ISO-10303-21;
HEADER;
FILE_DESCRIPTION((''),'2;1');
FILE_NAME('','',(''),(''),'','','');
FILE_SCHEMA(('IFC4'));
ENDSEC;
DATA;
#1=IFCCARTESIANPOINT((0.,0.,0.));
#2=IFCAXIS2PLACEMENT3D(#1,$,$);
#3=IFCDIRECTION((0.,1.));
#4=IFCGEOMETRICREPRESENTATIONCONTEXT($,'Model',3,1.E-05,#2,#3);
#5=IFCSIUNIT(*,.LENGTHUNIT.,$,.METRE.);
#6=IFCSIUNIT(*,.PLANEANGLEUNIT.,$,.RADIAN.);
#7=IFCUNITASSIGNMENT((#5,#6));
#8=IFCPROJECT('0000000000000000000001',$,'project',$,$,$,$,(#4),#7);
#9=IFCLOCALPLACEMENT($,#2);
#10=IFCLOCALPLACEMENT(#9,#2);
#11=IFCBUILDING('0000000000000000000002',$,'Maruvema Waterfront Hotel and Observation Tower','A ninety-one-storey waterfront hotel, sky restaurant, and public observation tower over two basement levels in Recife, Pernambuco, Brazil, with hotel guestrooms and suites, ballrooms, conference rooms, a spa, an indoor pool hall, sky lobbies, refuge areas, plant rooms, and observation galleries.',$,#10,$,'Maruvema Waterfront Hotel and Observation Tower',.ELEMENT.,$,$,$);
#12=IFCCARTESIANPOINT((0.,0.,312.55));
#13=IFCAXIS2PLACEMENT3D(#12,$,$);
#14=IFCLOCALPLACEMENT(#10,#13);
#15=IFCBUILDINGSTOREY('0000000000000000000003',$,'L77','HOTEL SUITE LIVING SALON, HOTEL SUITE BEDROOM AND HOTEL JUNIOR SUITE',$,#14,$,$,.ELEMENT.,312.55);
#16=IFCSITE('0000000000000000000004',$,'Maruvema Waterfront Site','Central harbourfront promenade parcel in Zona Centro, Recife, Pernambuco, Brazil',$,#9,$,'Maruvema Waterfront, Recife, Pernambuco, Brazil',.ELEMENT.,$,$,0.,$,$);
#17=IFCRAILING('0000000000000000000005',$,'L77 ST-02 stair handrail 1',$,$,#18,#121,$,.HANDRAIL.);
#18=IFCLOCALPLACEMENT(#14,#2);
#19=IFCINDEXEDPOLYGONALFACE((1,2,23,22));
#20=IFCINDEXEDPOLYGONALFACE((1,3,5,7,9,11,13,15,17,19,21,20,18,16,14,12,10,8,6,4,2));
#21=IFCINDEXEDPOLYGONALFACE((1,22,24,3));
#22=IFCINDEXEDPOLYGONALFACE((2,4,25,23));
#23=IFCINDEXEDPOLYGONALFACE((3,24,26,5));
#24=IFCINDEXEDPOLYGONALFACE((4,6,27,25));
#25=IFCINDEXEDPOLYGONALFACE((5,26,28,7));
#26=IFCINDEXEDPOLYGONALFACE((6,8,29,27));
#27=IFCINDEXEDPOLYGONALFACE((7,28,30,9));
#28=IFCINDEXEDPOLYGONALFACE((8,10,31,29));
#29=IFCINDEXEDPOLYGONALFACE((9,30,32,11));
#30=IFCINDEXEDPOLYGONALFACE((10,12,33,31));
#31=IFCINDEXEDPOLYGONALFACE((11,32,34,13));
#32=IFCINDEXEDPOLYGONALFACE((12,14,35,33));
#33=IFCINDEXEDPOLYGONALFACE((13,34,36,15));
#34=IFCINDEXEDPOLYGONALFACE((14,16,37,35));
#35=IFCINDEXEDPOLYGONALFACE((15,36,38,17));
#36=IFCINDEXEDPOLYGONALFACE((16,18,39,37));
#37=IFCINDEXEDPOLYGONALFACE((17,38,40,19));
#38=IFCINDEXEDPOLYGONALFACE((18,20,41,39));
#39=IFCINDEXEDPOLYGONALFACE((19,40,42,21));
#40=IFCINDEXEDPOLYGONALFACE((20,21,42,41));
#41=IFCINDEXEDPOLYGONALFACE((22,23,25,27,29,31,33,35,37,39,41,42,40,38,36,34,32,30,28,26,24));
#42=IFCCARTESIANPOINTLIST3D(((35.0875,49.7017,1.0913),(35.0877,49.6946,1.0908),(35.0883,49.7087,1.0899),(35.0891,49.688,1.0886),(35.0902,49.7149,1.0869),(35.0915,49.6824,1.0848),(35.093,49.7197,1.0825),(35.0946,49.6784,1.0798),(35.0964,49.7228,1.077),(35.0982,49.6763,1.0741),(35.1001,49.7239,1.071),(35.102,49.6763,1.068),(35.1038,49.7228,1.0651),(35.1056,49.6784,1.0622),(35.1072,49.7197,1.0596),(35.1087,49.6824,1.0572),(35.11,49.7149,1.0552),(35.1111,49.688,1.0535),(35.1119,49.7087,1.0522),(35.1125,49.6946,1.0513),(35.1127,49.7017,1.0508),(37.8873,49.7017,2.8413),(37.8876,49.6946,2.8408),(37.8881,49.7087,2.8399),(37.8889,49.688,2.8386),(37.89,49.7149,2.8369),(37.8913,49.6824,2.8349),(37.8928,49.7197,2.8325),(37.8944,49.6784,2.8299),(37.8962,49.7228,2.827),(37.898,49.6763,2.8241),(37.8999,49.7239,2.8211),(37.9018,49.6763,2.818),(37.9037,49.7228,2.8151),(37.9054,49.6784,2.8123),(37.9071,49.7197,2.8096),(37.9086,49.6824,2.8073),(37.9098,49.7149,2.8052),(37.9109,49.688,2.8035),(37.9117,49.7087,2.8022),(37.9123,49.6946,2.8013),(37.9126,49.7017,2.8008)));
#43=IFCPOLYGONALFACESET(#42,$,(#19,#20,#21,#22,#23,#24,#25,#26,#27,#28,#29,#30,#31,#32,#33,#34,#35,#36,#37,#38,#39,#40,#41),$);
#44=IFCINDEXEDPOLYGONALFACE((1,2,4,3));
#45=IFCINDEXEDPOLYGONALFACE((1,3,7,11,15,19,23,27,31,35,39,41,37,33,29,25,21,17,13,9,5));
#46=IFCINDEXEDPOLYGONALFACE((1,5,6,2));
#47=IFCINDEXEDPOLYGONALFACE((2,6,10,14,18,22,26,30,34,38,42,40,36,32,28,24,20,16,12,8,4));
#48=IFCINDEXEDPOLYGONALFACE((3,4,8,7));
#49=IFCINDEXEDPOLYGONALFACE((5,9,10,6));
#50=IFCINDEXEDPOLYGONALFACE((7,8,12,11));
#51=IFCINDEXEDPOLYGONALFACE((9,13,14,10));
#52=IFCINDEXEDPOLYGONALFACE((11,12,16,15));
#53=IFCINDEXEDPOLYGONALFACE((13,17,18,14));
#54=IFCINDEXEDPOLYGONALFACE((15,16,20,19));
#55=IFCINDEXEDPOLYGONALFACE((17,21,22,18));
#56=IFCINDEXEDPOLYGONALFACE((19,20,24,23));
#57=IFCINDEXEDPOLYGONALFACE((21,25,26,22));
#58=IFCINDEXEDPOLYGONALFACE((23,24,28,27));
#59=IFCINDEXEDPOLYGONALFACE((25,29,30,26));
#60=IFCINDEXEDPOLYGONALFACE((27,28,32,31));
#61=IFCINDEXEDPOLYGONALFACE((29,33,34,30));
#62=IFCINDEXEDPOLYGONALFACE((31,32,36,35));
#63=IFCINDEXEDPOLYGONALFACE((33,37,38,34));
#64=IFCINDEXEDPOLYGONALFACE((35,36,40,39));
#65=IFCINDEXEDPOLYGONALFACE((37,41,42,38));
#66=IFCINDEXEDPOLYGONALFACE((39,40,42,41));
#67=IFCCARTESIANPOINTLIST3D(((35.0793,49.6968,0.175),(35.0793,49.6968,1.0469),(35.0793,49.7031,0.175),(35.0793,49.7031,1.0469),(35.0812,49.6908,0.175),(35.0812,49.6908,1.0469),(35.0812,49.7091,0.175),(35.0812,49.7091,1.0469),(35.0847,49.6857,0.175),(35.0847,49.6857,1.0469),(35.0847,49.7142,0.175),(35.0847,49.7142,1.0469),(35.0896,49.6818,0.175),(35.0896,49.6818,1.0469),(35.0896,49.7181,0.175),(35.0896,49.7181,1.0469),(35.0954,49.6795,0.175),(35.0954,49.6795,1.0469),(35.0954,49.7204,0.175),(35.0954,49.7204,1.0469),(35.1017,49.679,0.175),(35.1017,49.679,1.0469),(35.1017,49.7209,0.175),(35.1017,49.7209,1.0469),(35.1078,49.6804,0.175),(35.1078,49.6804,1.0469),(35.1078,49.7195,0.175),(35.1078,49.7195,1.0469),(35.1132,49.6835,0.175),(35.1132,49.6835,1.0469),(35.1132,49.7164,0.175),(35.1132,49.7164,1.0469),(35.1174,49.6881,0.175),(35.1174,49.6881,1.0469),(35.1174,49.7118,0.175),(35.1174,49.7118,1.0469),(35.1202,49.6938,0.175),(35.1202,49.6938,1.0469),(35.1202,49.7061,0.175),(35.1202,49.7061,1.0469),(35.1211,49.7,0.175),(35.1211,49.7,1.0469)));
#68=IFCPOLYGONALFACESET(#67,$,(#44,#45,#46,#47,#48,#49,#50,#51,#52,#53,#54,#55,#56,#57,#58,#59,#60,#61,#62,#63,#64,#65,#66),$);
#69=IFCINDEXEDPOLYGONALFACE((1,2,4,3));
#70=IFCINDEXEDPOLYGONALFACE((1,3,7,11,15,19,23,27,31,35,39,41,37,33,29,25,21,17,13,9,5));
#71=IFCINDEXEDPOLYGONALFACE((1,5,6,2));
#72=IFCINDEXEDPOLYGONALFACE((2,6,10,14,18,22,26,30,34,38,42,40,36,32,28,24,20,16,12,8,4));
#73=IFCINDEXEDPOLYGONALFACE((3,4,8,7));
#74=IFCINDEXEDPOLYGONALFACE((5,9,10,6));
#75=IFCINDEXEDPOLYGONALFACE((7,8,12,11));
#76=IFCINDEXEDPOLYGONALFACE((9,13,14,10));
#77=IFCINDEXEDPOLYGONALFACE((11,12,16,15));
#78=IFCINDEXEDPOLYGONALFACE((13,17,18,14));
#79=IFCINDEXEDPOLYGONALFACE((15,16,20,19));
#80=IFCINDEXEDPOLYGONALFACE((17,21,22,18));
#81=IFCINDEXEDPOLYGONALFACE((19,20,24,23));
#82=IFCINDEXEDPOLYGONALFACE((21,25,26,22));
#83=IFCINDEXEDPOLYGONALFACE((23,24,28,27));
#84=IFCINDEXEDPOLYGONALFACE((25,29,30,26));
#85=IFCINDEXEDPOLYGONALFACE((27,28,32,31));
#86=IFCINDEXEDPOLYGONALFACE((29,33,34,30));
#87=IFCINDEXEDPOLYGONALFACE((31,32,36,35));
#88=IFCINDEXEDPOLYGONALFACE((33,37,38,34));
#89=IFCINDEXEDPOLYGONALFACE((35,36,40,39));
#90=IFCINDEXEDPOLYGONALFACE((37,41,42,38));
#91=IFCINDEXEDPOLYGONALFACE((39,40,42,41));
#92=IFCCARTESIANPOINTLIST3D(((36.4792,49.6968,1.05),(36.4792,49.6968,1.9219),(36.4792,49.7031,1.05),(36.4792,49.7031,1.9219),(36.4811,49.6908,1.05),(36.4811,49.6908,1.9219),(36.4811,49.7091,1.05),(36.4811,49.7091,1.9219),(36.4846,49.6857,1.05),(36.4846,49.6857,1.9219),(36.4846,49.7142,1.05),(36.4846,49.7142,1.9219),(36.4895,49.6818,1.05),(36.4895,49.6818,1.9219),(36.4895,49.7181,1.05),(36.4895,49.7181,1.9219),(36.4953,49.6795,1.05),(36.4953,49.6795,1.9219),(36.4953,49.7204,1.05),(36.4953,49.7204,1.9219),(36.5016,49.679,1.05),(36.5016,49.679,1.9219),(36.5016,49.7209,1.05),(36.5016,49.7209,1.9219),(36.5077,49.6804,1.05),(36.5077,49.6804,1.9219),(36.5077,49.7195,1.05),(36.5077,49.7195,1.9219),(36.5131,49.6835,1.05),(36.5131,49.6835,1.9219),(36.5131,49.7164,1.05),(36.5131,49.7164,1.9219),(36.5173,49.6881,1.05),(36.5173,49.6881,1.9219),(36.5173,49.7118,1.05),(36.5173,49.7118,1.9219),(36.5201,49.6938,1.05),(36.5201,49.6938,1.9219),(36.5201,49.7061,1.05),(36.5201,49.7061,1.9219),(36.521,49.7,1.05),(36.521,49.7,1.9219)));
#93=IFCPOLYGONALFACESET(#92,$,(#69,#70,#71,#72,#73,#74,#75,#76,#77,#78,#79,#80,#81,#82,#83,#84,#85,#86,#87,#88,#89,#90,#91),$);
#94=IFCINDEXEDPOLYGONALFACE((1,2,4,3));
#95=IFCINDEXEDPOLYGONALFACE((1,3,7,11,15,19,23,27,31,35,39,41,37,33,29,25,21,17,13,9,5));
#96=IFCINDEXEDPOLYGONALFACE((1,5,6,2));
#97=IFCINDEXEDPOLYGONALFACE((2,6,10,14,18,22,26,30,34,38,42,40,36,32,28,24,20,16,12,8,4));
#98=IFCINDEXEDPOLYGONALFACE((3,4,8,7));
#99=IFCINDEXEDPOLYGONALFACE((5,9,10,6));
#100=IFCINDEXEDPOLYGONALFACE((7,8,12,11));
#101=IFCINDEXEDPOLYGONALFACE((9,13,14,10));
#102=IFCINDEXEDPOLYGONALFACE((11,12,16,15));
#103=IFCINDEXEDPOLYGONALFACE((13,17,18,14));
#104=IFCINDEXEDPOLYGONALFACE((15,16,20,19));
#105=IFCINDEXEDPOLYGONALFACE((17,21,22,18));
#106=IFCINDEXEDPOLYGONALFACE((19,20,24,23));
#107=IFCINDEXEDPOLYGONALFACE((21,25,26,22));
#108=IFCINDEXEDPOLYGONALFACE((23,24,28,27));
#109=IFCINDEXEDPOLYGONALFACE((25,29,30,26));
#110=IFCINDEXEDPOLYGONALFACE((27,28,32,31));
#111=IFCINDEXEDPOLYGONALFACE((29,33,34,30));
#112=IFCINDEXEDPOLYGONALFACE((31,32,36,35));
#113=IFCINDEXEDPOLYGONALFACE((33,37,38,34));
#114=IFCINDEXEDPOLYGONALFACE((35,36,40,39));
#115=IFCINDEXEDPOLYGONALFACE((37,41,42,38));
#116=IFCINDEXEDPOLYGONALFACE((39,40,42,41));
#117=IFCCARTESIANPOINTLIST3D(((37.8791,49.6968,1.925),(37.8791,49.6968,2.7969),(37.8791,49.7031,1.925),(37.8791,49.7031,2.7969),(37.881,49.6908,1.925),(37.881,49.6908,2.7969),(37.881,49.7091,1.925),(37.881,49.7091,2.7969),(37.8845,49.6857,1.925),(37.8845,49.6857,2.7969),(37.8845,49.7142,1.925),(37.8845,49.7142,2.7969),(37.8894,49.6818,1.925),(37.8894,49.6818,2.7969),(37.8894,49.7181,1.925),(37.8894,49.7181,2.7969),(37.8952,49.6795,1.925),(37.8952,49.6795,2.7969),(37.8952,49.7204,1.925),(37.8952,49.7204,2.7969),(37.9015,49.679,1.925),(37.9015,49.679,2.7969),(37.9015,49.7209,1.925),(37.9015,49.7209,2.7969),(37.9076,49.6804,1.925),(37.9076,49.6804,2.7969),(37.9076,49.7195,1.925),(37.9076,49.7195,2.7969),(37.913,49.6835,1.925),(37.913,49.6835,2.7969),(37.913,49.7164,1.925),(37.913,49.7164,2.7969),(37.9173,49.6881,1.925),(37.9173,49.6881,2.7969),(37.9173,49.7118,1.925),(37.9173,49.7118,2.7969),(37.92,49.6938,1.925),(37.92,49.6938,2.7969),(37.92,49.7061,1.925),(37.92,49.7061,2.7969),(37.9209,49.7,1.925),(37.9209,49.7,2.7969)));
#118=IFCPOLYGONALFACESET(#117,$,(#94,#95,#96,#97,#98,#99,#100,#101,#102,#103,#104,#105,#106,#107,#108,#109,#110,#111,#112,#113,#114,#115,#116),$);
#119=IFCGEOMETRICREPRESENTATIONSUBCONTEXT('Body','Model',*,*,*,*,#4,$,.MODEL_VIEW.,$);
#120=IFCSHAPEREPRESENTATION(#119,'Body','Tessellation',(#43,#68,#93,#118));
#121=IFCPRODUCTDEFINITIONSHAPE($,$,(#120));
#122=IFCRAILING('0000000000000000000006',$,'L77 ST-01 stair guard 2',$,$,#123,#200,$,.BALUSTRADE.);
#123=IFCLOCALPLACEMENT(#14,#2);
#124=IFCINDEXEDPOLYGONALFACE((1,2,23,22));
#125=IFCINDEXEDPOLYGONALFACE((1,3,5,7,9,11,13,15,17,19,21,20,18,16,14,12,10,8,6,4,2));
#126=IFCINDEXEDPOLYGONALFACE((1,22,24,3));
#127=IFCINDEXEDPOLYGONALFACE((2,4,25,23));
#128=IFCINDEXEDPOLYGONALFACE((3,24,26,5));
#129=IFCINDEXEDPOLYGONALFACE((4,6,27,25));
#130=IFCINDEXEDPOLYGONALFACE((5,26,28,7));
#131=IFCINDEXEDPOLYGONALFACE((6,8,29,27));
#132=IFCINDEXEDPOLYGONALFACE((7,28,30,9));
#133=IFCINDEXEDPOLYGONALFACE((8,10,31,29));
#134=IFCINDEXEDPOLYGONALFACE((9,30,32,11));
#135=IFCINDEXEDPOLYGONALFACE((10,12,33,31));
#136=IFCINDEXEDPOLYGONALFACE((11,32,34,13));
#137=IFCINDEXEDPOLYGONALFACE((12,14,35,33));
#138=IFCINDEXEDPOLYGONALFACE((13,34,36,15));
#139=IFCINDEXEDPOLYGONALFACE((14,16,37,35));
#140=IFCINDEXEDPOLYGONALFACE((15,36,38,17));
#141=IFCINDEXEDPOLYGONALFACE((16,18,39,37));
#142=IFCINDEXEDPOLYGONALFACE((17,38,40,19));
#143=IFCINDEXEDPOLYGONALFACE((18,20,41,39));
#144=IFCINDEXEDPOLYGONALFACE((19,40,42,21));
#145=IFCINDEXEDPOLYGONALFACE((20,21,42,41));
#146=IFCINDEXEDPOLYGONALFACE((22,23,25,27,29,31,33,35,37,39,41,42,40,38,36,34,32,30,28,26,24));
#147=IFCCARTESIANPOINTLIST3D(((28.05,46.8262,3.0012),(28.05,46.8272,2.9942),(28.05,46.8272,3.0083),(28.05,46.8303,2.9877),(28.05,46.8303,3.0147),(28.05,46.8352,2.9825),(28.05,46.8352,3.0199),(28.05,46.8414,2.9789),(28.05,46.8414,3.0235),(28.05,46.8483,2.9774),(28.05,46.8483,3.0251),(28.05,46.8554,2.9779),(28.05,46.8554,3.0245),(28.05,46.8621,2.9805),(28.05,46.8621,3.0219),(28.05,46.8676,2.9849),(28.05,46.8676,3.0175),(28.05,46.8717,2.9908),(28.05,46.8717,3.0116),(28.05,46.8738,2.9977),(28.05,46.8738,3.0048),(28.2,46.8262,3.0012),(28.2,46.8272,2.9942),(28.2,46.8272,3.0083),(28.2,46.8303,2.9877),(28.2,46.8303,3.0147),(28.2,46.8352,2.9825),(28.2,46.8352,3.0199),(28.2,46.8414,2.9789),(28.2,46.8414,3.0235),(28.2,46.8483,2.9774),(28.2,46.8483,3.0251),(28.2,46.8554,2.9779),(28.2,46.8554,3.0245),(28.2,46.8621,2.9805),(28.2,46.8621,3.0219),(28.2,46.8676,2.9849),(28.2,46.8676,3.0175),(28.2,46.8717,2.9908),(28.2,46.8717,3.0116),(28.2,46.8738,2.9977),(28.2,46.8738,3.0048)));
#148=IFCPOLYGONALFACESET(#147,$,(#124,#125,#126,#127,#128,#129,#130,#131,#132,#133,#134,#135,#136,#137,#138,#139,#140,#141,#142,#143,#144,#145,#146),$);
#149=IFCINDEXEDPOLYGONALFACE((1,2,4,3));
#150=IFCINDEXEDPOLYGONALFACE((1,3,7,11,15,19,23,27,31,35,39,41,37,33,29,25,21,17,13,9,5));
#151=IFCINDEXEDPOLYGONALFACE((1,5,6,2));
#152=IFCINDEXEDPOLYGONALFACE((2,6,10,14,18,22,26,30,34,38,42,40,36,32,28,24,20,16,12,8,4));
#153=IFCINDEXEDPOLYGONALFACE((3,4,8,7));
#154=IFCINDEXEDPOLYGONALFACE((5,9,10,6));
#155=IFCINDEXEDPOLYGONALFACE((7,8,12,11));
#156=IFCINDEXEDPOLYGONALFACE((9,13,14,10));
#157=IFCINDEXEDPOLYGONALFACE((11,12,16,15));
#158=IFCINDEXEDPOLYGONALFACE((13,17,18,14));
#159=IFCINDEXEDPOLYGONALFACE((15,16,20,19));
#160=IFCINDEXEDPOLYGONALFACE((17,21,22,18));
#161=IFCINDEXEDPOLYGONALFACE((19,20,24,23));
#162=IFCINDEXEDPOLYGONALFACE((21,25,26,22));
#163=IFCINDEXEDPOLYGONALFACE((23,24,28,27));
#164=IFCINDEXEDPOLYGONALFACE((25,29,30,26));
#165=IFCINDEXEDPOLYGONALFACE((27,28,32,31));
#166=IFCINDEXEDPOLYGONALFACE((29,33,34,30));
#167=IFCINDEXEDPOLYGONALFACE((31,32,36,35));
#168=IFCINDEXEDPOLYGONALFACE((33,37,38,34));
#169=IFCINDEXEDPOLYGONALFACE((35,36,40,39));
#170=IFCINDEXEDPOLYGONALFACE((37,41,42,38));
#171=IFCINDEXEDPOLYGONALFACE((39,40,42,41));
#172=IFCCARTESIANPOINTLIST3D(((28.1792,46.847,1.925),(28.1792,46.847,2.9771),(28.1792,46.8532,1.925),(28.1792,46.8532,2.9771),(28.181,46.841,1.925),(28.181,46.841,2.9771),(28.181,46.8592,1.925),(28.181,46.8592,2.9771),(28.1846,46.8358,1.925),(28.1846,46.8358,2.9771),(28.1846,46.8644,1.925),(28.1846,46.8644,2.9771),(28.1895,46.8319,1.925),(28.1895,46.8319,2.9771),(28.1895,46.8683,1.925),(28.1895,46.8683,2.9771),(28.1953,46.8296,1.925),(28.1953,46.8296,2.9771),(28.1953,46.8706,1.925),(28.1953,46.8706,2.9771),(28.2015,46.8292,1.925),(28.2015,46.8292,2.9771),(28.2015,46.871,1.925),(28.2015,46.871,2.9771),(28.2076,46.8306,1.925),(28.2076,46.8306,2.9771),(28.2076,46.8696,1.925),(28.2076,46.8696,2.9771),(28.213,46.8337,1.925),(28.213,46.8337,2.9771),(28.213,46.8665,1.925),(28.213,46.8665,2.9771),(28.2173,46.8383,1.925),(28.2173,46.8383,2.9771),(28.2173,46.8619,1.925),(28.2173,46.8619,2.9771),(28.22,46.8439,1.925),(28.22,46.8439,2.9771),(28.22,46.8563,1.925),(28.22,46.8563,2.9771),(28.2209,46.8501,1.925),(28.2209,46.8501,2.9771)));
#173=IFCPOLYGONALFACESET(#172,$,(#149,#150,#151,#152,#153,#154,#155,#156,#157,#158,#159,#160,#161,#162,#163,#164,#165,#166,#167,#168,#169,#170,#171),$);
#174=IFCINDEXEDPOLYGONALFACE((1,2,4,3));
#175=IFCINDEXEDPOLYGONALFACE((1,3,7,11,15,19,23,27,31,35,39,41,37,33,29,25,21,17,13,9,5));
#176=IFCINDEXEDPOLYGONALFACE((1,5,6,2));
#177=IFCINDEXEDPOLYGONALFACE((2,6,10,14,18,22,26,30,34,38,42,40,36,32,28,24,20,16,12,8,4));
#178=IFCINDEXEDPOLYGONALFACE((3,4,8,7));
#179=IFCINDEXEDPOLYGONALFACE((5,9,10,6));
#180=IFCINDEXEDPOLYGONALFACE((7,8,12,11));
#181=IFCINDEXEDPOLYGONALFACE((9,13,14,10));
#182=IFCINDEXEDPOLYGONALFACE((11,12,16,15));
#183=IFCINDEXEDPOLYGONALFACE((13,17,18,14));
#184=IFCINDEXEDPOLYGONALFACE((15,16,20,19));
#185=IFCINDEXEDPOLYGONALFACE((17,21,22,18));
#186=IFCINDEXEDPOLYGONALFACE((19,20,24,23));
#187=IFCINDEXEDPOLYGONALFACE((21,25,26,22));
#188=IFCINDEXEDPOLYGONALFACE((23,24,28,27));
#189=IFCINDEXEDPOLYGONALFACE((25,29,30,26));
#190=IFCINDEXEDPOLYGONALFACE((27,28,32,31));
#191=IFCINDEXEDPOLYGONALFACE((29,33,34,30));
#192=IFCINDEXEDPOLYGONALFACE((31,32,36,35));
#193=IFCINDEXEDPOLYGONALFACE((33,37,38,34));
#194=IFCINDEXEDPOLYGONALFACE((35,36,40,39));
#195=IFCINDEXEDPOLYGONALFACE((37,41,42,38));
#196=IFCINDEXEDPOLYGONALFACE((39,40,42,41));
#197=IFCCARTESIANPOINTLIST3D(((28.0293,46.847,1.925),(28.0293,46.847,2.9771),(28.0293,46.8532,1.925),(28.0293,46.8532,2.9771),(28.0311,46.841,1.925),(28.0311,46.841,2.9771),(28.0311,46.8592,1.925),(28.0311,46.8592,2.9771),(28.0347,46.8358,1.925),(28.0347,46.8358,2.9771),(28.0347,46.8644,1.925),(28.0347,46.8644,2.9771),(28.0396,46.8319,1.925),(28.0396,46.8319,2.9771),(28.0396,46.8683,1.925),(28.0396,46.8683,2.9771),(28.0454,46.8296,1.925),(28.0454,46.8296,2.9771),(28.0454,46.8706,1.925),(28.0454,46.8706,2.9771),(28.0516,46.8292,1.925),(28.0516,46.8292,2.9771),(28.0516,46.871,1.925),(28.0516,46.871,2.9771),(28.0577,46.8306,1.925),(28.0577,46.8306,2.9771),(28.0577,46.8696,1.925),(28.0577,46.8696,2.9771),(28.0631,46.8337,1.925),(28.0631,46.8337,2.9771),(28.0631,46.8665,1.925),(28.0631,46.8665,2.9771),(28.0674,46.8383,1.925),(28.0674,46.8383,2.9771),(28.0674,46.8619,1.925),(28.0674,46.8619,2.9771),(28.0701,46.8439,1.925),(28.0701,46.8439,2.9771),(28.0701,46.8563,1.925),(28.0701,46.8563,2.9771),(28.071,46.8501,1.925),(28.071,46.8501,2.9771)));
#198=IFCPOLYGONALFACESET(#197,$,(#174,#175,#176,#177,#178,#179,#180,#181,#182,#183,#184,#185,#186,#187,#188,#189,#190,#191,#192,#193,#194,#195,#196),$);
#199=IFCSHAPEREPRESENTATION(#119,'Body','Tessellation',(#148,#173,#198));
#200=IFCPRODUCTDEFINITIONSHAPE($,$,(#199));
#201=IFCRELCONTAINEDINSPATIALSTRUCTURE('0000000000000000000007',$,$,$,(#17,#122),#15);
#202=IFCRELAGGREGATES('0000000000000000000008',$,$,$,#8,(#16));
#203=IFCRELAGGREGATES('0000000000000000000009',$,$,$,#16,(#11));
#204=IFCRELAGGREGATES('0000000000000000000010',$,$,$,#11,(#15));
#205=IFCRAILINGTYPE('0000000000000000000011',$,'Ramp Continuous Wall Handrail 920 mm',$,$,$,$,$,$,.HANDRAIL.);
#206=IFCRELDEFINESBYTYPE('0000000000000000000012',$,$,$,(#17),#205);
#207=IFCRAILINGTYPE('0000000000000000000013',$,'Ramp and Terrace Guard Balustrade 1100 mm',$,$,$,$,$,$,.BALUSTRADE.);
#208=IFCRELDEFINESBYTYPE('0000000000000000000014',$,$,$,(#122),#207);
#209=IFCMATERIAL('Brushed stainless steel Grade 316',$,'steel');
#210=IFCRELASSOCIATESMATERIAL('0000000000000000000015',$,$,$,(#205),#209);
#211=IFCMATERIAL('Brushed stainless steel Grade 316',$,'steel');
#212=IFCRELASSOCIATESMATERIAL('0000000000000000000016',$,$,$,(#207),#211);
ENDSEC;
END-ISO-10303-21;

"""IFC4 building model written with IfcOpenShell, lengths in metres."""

from ifc_helpers import new_model, si_unit, direction, frame, origin, origin_2d, place, context, subcontext, project, spatial, circle, extrude, material, type_object, element, save


model = new_model("IFC4")

# Units and contexts
model_context = context("Model", 3, precision=1e-05, world=origin(), true_north=direction((0.0, 1.0)))
body_context = subcontext(model_context, "Body", "Model", "MODEL_VIEW")
ifc_project = project(units=[si_unit("LENGTHUNIT", "METRE"), si_unit("PLANEANGLEUNIT", "RADIAN")], contexts=[model_context])

# Site, building, storey
site_placement = place(None, origin())
site = spatial("IfcSite", under=ifc_project, at=site_placement, Name="Maruvema Waterfront Site", Description="Central harbourfront promenade parcel in Zona Centro, Recife, Pernambuco, Brazil", LongName="Maruvema Waterfront, Recife, Pernambuco, Brazil", CompositionType="ELEMENT", RefElevation=0.0)
building_placement = place(site_placement, origin())
building = spatial("IfcBuilding", under=site, at=building_placement, Name="Maruvema Waterfront Hotel and Observation Tower", Description="A ninety-one-storey waterfront hotel, sky restaurant, and public observation tower over two basement levels in Recife, Pernambuco, Brazil, with hotel guestrooms and suites, ballrooms, conference rooms, a spa, an indoor pool hall, sky lobbies, refuge areas, plant rooms, and observation galleries.", LongName="Maruvema Waterfront Hotel and Observation Tower", CompositionType="ELEMENT")
storey_placement = place(building_placement, frame((0.0, 0.0, 312.55)))
storey = spatial("IfcBuildingStorey", under=building, at=storey_placement, Name="L77", Description="HOTEL SUITE LIVING SALON, HOTEL SUITE BEDROOM AND HOTEL JUNIOR SUITE", CompositionType="ELEMENT", Elevation=312.55)

# Railings
ifc_material_1 = material(Name="Brushed stainless steel Grade 316", Category="steel")
railing_type_1 = type_object("IfcRailingType", Name="Ramp Continuous Wall Handrail 920 mm", PredefinedType="HANDRAIL", material=ifc_material_1)
railing_1_placement = place(storey_placement, frame((35.1001, 49.7, 0.175)))
element("IfcRailing", 1, at=railing_1_placement, inside=storey, type_object=railing_type_1, Name="L77 ST-02 stair handrail 1", PredefinedType="HANDRAIL", context=body_context, shape_type="SweptSolid", body=[
    extrude(circle(Radius=0.0239, at=origin_2d()), frame((0.0, 0.0, 0.896), z_axis=(0.847982, 0.0, 0.530026), x_axis=(0.0, 1.0, 0.0)), (0.0, 0.0, 1.0), 3.3018),
    extrude(circle(Radius=0.021, at=origin_2d()), origin(), (0.0, 0.0, 1.0), 0.8718),
    extrude(circle(Radius=0.021, at=origin_2d()), frame((1.3999, 0.0, 0.875)), (0.0, 0.0, 1.0), 0.8718),
    extrude(circle(Radius=0.021, at=origin_2d()), frame((2.7998, 0.0, 1.75)), (0.0, 0.0, 1.0), 0.8718),
])
ifc_material_2 = material(Name="Brushed stainless steel Grade 316", Category="steel")
railing_type_2 = type_object("IfcRailingType", Name="Ramp and Terrace Guard Balustrade 1100 mm", PredefinedType="BALUSTRADE", material=ifc_material_2)
railing_2_placement = place(storey_placement, frame((28.2, 46.8501, 1.925)))
element("IfcRailing", 2, at=railing_2_placement, inside=storey, type_object=railing_type_2, Name="L77 ST-01 stair guard 2", PredefinedType="BALUSTRADE", context=body_context, shape_type="SweptSolid", body=[
    extrude(circle(Radius=0.0239, at=origin_2d()), frame((0.0, 0.0, 1.0762), z_axis=(-1.0, 0.0, 0.0), x_axis=(0.0, -1.0, 0.0)), (0.0, 0.0, 1.0), 0.1499),
    extrude(circle(Radius=0.021, at=origin_2d()), origin(), (0.0, 0.0, 1.0), 1.052),
    extrude(circle(Radius=0.021, at=origin_2d()), frame((-0.1499, 0.0, 0.0)), (0.0, 0.0, 1.0), 1.052),
])

save(model, "model.ifc")
